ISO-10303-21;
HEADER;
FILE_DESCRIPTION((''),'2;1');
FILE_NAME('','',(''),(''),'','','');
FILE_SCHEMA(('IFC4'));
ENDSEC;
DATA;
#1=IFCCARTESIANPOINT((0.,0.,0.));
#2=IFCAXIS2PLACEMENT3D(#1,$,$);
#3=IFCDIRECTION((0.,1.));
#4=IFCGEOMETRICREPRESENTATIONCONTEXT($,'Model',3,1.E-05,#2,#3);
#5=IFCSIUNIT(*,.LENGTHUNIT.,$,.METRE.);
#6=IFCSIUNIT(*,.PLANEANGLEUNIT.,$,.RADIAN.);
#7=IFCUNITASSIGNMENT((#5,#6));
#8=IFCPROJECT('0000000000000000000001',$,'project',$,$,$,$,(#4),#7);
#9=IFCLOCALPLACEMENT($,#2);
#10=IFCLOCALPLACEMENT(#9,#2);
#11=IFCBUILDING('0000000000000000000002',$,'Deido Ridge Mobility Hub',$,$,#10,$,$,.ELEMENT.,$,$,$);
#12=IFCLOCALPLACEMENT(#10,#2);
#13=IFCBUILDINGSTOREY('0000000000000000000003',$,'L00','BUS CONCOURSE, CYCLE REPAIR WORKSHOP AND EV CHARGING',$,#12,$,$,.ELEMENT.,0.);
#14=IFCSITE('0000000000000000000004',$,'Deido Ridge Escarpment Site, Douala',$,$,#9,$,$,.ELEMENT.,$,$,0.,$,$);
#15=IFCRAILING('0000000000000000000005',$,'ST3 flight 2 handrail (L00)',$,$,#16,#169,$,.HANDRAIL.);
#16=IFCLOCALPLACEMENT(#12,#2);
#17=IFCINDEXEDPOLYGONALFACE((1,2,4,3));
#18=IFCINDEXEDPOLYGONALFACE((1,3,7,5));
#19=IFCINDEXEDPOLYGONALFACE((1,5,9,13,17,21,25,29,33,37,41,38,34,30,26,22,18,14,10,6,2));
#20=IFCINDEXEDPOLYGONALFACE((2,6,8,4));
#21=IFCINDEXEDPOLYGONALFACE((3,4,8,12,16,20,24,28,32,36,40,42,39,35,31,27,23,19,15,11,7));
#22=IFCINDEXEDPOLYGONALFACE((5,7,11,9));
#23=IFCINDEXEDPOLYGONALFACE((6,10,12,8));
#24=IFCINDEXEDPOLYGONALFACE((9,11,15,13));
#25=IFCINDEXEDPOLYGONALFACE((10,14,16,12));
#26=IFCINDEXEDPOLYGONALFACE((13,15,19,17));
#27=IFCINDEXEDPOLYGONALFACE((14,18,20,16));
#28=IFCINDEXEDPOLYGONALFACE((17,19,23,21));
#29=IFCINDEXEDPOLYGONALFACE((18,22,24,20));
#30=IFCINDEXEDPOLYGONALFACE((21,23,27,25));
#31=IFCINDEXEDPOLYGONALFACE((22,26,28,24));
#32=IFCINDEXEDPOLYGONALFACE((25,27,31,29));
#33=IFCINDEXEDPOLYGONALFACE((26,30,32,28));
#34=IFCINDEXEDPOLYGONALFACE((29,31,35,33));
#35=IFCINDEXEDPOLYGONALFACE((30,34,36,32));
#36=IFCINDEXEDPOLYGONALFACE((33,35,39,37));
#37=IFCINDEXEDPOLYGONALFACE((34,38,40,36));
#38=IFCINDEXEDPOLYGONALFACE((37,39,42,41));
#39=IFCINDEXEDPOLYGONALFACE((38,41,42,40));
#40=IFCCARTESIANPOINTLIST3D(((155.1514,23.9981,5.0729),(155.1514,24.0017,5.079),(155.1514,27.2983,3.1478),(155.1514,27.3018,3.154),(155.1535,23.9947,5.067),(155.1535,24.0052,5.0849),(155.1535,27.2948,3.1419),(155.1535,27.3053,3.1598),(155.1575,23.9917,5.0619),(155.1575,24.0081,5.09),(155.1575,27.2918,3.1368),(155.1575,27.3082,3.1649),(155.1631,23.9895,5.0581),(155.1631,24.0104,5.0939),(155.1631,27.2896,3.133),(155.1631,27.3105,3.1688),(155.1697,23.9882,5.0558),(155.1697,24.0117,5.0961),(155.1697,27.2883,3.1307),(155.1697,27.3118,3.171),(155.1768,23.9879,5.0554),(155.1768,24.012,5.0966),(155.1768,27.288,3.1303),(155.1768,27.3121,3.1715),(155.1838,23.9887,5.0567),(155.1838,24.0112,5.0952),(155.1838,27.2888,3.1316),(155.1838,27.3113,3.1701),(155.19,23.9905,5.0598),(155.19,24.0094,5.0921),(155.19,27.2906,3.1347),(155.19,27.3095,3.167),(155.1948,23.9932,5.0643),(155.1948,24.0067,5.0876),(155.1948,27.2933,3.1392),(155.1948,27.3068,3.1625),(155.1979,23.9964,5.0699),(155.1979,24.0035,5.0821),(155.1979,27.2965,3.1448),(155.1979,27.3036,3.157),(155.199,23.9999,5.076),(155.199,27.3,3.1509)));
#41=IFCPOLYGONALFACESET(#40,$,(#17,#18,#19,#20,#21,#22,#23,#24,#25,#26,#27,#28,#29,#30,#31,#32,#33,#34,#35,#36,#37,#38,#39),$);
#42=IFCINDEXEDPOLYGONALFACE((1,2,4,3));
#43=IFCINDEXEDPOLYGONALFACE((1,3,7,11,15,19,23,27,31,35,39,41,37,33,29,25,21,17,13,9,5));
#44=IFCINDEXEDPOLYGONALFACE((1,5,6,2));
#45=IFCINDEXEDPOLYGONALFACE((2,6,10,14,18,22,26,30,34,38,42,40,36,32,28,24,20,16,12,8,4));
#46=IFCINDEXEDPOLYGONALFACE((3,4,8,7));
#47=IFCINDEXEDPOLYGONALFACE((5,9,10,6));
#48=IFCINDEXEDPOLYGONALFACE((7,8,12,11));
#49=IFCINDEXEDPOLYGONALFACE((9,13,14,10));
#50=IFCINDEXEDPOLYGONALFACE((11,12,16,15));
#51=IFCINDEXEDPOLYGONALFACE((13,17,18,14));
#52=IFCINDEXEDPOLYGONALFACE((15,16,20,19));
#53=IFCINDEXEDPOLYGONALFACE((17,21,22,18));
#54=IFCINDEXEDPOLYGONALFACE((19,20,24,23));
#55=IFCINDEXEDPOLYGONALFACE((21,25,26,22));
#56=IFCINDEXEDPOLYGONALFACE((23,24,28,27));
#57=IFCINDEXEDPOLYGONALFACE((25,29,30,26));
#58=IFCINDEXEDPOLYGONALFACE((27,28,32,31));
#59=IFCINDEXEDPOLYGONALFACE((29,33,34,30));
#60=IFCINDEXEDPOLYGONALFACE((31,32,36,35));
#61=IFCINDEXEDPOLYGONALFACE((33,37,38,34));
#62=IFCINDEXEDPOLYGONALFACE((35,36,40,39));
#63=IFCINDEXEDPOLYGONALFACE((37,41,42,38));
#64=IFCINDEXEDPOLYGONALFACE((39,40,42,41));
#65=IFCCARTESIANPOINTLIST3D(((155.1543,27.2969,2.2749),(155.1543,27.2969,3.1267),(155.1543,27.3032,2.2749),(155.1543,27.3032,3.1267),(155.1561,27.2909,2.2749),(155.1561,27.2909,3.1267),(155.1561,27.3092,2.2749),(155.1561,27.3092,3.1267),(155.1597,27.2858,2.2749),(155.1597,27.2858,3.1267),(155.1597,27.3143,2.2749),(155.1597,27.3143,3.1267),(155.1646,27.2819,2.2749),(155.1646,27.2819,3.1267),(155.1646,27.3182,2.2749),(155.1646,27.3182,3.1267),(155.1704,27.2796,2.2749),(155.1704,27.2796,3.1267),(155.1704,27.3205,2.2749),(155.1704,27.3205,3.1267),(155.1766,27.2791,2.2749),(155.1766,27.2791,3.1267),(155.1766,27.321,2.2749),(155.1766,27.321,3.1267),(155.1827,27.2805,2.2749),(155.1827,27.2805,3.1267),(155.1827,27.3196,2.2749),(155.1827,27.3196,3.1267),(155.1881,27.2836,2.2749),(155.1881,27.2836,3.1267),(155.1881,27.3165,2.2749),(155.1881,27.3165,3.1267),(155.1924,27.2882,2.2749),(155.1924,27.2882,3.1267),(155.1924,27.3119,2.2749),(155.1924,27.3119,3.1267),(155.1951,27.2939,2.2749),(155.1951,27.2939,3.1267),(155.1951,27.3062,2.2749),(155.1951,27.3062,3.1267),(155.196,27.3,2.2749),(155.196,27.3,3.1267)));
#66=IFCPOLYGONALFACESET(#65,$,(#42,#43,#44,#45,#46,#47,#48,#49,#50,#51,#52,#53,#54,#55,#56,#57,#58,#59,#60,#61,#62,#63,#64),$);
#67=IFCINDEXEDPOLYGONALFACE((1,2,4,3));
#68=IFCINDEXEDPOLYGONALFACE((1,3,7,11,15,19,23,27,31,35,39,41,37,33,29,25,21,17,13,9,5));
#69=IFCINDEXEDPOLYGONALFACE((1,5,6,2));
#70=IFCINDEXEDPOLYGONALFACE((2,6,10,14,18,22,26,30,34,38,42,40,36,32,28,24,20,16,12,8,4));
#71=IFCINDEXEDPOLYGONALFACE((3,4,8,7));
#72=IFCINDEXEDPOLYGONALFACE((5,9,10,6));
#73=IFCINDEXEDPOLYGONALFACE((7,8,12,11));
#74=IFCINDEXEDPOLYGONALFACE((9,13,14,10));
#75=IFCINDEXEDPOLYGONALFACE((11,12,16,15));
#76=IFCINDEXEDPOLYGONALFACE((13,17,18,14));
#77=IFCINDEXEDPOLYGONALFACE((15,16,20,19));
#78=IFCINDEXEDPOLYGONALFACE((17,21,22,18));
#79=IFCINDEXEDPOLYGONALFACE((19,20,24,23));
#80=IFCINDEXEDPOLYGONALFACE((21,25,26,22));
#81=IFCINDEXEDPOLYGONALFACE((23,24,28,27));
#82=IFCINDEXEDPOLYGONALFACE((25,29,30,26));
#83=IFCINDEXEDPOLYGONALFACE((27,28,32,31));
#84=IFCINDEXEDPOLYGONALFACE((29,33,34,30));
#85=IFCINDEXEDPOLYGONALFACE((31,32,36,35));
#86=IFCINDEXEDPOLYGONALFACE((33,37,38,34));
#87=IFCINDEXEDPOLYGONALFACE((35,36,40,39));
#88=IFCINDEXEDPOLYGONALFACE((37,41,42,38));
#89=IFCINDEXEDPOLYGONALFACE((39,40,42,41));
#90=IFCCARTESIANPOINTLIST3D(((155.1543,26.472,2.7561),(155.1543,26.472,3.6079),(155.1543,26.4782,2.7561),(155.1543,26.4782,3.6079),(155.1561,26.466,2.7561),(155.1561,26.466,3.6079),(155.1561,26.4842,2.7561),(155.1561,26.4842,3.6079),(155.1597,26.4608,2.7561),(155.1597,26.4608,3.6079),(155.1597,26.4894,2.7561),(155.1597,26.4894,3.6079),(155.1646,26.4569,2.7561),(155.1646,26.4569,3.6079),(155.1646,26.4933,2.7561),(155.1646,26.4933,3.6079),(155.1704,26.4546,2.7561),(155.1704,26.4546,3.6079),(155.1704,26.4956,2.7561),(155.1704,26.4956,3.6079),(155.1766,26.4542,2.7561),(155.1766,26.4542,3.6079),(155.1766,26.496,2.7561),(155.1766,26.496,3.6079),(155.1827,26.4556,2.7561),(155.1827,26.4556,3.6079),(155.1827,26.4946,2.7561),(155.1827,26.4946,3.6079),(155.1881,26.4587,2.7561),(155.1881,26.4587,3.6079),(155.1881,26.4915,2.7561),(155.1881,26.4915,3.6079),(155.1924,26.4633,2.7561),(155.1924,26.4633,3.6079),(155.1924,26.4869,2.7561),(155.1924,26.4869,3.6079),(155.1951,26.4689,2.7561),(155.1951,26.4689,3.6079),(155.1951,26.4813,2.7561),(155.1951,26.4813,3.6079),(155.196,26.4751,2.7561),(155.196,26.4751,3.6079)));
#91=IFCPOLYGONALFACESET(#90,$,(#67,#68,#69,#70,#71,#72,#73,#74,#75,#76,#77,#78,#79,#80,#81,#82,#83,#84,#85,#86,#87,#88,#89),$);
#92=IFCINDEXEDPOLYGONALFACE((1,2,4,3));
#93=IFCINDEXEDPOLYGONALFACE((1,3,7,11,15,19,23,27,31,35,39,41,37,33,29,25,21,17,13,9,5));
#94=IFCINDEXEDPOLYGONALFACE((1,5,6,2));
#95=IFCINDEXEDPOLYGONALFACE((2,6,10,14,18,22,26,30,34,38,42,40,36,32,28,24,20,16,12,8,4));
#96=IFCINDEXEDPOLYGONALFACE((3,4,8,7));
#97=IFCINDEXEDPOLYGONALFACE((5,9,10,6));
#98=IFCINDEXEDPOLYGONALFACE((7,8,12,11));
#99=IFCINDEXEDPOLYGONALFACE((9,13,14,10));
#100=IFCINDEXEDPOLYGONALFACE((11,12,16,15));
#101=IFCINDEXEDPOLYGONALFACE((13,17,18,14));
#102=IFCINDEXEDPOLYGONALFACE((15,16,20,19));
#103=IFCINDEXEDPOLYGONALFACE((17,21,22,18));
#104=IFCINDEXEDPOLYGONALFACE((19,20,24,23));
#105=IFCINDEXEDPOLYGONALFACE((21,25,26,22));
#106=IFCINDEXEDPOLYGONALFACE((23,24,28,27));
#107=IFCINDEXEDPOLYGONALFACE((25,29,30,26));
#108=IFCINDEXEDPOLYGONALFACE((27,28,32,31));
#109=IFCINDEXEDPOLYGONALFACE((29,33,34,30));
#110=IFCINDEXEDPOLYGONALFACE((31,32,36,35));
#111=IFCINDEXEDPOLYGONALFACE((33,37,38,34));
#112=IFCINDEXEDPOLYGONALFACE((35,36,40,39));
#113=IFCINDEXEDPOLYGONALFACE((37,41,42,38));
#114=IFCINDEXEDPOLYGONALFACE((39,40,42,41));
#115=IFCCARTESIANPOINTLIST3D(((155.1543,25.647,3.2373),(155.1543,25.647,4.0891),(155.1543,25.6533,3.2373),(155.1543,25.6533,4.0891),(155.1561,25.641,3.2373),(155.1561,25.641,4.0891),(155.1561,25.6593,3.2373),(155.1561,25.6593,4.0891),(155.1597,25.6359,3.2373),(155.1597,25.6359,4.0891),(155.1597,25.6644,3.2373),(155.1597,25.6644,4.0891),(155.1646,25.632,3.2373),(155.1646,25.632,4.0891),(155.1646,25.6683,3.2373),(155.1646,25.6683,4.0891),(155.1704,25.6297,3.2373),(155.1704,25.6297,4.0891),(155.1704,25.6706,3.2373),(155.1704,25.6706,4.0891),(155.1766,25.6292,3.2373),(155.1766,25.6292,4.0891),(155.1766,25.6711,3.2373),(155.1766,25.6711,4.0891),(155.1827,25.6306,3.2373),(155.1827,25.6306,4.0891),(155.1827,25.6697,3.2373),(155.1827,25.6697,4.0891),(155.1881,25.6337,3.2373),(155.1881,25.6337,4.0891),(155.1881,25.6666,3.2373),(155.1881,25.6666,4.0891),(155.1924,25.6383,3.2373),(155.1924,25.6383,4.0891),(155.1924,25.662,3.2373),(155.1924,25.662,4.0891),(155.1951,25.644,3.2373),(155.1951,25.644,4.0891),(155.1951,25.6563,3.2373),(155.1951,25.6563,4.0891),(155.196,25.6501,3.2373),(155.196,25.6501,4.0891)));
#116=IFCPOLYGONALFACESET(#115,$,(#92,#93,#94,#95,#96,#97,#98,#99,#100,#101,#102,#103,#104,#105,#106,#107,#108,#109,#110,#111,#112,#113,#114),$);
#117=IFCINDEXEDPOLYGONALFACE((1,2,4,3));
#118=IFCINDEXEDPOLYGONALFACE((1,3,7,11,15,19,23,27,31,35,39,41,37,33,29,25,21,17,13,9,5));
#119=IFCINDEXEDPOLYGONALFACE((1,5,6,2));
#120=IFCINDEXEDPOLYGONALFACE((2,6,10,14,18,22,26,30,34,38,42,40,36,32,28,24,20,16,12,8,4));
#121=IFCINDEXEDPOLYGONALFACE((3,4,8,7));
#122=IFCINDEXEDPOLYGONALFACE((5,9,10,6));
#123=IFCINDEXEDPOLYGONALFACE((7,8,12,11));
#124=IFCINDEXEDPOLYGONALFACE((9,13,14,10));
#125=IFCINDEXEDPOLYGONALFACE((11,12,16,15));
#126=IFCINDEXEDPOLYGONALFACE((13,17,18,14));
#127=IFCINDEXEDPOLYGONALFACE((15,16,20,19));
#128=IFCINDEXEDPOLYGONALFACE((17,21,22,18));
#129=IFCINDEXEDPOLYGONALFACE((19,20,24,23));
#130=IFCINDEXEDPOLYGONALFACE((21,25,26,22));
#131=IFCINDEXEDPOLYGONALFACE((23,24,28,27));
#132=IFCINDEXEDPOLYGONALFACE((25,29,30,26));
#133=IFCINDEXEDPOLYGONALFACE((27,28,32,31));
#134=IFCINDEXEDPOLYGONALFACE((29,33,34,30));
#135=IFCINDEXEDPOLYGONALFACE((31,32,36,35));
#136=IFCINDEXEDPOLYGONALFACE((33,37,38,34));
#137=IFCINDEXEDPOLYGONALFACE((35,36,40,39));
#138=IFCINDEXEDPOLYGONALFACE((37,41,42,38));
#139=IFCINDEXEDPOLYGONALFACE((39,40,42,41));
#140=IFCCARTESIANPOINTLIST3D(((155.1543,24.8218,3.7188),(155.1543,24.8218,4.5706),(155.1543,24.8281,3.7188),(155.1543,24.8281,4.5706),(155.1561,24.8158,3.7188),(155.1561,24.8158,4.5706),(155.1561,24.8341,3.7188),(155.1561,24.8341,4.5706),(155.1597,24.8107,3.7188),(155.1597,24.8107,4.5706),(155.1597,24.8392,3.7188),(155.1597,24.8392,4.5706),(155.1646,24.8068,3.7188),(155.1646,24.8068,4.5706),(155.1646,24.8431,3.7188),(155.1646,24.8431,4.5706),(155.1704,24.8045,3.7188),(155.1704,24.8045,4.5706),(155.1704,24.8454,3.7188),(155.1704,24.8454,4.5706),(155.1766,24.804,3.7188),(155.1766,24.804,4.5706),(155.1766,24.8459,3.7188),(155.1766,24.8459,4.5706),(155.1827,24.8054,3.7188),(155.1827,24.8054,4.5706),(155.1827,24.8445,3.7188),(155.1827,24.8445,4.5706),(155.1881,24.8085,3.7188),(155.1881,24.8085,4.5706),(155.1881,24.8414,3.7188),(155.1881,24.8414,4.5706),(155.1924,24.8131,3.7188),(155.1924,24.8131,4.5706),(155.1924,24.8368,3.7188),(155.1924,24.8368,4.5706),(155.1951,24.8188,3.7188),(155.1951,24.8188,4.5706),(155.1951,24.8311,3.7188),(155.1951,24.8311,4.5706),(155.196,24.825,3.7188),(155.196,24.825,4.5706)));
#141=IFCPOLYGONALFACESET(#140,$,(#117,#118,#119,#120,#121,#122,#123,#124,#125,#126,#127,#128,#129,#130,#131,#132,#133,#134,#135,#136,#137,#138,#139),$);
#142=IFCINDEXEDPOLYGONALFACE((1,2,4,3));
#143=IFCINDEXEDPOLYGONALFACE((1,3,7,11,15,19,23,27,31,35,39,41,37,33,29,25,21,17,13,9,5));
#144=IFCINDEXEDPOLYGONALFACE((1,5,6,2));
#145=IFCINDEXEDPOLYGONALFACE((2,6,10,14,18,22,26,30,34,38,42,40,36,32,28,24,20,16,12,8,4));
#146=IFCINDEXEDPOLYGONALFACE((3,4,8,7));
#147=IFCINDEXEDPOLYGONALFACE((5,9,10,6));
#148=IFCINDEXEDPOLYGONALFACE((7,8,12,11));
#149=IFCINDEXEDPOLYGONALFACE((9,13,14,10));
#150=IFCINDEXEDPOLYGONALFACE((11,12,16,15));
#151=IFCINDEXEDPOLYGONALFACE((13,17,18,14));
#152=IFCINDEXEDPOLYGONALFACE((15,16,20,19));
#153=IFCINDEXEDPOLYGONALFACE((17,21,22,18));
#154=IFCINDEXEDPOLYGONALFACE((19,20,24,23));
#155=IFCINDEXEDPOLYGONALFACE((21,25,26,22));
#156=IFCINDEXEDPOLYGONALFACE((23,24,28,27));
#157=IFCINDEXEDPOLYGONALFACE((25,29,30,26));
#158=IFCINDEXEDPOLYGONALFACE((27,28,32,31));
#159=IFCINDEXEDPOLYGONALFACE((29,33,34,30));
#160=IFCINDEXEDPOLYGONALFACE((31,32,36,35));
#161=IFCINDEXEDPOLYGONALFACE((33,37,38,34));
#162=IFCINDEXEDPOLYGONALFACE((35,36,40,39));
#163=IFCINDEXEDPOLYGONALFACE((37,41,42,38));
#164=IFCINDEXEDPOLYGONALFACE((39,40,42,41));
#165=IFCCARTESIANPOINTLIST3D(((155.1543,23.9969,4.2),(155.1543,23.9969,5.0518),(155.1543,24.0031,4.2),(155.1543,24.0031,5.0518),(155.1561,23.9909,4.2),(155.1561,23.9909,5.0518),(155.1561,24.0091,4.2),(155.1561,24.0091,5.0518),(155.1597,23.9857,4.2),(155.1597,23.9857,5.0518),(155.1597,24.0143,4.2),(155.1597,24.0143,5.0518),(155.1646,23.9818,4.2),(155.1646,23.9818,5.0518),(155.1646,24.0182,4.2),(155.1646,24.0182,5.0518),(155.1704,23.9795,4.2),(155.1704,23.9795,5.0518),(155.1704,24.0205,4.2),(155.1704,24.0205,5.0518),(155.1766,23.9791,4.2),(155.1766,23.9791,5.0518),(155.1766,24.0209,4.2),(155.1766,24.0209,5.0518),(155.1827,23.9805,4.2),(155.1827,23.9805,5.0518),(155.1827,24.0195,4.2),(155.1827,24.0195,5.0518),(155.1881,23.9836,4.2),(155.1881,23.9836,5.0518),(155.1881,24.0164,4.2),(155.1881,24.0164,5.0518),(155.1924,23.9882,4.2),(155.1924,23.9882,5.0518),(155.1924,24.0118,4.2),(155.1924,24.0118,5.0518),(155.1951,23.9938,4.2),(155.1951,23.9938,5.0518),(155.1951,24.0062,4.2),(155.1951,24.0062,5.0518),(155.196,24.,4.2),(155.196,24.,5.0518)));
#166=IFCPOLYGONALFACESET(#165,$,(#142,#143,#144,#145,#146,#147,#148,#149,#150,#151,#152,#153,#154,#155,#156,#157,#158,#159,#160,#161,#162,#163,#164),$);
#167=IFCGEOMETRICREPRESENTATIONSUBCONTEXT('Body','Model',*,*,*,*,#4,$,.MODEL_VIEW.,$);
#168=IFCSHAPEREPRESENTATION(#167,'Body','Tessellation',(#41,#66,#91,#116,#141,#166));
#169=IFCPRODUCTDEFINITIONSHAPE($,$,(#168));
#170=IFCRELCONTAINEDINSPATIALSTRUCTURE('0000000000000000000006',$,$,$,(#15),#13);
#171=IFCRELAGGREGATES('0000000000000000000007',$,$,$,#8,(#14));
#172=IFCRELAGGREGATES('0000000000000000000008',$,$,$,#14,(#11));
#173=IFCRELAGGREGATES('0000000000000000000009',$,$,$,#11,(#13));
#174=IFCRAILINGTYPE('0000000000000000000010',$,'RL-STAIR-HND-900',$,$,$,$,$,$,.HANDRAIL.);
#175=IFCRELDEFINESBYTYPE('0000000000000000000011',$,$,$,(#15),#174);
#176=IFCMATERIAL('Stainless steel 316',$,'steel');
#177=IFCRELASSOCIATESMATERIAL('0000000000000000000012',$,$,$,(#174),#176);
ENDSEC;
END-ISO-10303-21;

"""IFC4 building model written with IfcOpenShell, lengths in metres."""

from ifc_helpers import new_model, si_unit, direction, frame, origin, origin_2d, place, context, subcontext, project, spatial, circle, extrude, material, type_object, element, save


model = new_model("IFC4")

# Units and contexts
model_context = context("Model", 3, precision=1e-05, world=origin(), true_north=direction((0.0, 1.0)))
body_context = subcontext(model_context, "Body", "Model", "MODEL_VIEW")
ifc_project = project(units=[si_unit("LENGTHUNIT", "METRE"), si_unit("PLANEANGLEUNIT", "RADIAN")], contexts=[model_context])

# Site, building, storey
site_placement = place(None, origin())
site = spatial("IfcSite", under=ifc_project, at=site_placement, Name="Deido Ridge Escarpment Site, Douala", CompositionType="ELEMENT", RefElevation=0.0)
building_placement = place(site_placement, origin())
building = spatial("IfcBuilding", under=site, at=building_placement, Name="Deido Ridge Mobility Hub", CompositionType="ELEMENT")
storey_placement = place(building_placement, origin())
storey = spatial("IfcBuildingStorey", under=building, at=storey_placement, Name="L00", Description="BUS CONCOURSE, CYCLE REPAIR WORKSHOP AND EV CHARGING", CompositionType="ELEMENT", Elevation=0.0)

# Shared definitions
ifc_material_1 = material(Name="Stainless steel 316", Category="steel")

# Railing
railing_type_1 = type_object("IfcRailingType", Name="RL-STAIR-HND-900", PredefinedType="HANDRAIL", material=ifc_material_1)
railing_1_placement = place(storey_placement, frame((155.175, 27.3, 2.2749)))
element("IfcRailing", 1, at=railing_1_placement, inside=storey, type_object=railing_type_1, Name="ST3 flight 2 handrail (L00)", PredefinedType="HANDRAIL", context=body_context, shape_type="SweptSolid", body=[
    extrude(circle(Radius=0.0239, at=origin_2d()), frame((0.0, 0.0, 0.876), z_axis=(0.0, -0.863777, 0.503875), x_axis=(1.0, 0.0, 0.0)), (0.0, 0.0, 1.0), 3.8206),
    extrude(circle(Radius=0.021, at=origin_2d()), origin(), (0.0, 0.0, 1.0), 0.8518),
    extrude(circle(Radius=0.021, at=origin_2d()), frame((0.0, -0.825, 0.4812)), (0.0, 0.0, 1.0), 0.8518),
    extrude(circle(Radius=0.021, at=origin_2d()), frame((0.0, -1.6499, 0.9624)), (0.0, 0.0, 1.0), 0.8518),
    extrude(circle(Radius=0.021, at=origin_2d()), frame((0.0, -2.4751, 1.4438)), (0.0, 0.0, 1.0), 0.8518),
    extrude(circle(Radius=0.021, at=origin_2d()), frame((0.0, -3.3, 1.925)), (0.0, 0.0, 1.0), 0.8518),
])

save(model, "model.ifc")
